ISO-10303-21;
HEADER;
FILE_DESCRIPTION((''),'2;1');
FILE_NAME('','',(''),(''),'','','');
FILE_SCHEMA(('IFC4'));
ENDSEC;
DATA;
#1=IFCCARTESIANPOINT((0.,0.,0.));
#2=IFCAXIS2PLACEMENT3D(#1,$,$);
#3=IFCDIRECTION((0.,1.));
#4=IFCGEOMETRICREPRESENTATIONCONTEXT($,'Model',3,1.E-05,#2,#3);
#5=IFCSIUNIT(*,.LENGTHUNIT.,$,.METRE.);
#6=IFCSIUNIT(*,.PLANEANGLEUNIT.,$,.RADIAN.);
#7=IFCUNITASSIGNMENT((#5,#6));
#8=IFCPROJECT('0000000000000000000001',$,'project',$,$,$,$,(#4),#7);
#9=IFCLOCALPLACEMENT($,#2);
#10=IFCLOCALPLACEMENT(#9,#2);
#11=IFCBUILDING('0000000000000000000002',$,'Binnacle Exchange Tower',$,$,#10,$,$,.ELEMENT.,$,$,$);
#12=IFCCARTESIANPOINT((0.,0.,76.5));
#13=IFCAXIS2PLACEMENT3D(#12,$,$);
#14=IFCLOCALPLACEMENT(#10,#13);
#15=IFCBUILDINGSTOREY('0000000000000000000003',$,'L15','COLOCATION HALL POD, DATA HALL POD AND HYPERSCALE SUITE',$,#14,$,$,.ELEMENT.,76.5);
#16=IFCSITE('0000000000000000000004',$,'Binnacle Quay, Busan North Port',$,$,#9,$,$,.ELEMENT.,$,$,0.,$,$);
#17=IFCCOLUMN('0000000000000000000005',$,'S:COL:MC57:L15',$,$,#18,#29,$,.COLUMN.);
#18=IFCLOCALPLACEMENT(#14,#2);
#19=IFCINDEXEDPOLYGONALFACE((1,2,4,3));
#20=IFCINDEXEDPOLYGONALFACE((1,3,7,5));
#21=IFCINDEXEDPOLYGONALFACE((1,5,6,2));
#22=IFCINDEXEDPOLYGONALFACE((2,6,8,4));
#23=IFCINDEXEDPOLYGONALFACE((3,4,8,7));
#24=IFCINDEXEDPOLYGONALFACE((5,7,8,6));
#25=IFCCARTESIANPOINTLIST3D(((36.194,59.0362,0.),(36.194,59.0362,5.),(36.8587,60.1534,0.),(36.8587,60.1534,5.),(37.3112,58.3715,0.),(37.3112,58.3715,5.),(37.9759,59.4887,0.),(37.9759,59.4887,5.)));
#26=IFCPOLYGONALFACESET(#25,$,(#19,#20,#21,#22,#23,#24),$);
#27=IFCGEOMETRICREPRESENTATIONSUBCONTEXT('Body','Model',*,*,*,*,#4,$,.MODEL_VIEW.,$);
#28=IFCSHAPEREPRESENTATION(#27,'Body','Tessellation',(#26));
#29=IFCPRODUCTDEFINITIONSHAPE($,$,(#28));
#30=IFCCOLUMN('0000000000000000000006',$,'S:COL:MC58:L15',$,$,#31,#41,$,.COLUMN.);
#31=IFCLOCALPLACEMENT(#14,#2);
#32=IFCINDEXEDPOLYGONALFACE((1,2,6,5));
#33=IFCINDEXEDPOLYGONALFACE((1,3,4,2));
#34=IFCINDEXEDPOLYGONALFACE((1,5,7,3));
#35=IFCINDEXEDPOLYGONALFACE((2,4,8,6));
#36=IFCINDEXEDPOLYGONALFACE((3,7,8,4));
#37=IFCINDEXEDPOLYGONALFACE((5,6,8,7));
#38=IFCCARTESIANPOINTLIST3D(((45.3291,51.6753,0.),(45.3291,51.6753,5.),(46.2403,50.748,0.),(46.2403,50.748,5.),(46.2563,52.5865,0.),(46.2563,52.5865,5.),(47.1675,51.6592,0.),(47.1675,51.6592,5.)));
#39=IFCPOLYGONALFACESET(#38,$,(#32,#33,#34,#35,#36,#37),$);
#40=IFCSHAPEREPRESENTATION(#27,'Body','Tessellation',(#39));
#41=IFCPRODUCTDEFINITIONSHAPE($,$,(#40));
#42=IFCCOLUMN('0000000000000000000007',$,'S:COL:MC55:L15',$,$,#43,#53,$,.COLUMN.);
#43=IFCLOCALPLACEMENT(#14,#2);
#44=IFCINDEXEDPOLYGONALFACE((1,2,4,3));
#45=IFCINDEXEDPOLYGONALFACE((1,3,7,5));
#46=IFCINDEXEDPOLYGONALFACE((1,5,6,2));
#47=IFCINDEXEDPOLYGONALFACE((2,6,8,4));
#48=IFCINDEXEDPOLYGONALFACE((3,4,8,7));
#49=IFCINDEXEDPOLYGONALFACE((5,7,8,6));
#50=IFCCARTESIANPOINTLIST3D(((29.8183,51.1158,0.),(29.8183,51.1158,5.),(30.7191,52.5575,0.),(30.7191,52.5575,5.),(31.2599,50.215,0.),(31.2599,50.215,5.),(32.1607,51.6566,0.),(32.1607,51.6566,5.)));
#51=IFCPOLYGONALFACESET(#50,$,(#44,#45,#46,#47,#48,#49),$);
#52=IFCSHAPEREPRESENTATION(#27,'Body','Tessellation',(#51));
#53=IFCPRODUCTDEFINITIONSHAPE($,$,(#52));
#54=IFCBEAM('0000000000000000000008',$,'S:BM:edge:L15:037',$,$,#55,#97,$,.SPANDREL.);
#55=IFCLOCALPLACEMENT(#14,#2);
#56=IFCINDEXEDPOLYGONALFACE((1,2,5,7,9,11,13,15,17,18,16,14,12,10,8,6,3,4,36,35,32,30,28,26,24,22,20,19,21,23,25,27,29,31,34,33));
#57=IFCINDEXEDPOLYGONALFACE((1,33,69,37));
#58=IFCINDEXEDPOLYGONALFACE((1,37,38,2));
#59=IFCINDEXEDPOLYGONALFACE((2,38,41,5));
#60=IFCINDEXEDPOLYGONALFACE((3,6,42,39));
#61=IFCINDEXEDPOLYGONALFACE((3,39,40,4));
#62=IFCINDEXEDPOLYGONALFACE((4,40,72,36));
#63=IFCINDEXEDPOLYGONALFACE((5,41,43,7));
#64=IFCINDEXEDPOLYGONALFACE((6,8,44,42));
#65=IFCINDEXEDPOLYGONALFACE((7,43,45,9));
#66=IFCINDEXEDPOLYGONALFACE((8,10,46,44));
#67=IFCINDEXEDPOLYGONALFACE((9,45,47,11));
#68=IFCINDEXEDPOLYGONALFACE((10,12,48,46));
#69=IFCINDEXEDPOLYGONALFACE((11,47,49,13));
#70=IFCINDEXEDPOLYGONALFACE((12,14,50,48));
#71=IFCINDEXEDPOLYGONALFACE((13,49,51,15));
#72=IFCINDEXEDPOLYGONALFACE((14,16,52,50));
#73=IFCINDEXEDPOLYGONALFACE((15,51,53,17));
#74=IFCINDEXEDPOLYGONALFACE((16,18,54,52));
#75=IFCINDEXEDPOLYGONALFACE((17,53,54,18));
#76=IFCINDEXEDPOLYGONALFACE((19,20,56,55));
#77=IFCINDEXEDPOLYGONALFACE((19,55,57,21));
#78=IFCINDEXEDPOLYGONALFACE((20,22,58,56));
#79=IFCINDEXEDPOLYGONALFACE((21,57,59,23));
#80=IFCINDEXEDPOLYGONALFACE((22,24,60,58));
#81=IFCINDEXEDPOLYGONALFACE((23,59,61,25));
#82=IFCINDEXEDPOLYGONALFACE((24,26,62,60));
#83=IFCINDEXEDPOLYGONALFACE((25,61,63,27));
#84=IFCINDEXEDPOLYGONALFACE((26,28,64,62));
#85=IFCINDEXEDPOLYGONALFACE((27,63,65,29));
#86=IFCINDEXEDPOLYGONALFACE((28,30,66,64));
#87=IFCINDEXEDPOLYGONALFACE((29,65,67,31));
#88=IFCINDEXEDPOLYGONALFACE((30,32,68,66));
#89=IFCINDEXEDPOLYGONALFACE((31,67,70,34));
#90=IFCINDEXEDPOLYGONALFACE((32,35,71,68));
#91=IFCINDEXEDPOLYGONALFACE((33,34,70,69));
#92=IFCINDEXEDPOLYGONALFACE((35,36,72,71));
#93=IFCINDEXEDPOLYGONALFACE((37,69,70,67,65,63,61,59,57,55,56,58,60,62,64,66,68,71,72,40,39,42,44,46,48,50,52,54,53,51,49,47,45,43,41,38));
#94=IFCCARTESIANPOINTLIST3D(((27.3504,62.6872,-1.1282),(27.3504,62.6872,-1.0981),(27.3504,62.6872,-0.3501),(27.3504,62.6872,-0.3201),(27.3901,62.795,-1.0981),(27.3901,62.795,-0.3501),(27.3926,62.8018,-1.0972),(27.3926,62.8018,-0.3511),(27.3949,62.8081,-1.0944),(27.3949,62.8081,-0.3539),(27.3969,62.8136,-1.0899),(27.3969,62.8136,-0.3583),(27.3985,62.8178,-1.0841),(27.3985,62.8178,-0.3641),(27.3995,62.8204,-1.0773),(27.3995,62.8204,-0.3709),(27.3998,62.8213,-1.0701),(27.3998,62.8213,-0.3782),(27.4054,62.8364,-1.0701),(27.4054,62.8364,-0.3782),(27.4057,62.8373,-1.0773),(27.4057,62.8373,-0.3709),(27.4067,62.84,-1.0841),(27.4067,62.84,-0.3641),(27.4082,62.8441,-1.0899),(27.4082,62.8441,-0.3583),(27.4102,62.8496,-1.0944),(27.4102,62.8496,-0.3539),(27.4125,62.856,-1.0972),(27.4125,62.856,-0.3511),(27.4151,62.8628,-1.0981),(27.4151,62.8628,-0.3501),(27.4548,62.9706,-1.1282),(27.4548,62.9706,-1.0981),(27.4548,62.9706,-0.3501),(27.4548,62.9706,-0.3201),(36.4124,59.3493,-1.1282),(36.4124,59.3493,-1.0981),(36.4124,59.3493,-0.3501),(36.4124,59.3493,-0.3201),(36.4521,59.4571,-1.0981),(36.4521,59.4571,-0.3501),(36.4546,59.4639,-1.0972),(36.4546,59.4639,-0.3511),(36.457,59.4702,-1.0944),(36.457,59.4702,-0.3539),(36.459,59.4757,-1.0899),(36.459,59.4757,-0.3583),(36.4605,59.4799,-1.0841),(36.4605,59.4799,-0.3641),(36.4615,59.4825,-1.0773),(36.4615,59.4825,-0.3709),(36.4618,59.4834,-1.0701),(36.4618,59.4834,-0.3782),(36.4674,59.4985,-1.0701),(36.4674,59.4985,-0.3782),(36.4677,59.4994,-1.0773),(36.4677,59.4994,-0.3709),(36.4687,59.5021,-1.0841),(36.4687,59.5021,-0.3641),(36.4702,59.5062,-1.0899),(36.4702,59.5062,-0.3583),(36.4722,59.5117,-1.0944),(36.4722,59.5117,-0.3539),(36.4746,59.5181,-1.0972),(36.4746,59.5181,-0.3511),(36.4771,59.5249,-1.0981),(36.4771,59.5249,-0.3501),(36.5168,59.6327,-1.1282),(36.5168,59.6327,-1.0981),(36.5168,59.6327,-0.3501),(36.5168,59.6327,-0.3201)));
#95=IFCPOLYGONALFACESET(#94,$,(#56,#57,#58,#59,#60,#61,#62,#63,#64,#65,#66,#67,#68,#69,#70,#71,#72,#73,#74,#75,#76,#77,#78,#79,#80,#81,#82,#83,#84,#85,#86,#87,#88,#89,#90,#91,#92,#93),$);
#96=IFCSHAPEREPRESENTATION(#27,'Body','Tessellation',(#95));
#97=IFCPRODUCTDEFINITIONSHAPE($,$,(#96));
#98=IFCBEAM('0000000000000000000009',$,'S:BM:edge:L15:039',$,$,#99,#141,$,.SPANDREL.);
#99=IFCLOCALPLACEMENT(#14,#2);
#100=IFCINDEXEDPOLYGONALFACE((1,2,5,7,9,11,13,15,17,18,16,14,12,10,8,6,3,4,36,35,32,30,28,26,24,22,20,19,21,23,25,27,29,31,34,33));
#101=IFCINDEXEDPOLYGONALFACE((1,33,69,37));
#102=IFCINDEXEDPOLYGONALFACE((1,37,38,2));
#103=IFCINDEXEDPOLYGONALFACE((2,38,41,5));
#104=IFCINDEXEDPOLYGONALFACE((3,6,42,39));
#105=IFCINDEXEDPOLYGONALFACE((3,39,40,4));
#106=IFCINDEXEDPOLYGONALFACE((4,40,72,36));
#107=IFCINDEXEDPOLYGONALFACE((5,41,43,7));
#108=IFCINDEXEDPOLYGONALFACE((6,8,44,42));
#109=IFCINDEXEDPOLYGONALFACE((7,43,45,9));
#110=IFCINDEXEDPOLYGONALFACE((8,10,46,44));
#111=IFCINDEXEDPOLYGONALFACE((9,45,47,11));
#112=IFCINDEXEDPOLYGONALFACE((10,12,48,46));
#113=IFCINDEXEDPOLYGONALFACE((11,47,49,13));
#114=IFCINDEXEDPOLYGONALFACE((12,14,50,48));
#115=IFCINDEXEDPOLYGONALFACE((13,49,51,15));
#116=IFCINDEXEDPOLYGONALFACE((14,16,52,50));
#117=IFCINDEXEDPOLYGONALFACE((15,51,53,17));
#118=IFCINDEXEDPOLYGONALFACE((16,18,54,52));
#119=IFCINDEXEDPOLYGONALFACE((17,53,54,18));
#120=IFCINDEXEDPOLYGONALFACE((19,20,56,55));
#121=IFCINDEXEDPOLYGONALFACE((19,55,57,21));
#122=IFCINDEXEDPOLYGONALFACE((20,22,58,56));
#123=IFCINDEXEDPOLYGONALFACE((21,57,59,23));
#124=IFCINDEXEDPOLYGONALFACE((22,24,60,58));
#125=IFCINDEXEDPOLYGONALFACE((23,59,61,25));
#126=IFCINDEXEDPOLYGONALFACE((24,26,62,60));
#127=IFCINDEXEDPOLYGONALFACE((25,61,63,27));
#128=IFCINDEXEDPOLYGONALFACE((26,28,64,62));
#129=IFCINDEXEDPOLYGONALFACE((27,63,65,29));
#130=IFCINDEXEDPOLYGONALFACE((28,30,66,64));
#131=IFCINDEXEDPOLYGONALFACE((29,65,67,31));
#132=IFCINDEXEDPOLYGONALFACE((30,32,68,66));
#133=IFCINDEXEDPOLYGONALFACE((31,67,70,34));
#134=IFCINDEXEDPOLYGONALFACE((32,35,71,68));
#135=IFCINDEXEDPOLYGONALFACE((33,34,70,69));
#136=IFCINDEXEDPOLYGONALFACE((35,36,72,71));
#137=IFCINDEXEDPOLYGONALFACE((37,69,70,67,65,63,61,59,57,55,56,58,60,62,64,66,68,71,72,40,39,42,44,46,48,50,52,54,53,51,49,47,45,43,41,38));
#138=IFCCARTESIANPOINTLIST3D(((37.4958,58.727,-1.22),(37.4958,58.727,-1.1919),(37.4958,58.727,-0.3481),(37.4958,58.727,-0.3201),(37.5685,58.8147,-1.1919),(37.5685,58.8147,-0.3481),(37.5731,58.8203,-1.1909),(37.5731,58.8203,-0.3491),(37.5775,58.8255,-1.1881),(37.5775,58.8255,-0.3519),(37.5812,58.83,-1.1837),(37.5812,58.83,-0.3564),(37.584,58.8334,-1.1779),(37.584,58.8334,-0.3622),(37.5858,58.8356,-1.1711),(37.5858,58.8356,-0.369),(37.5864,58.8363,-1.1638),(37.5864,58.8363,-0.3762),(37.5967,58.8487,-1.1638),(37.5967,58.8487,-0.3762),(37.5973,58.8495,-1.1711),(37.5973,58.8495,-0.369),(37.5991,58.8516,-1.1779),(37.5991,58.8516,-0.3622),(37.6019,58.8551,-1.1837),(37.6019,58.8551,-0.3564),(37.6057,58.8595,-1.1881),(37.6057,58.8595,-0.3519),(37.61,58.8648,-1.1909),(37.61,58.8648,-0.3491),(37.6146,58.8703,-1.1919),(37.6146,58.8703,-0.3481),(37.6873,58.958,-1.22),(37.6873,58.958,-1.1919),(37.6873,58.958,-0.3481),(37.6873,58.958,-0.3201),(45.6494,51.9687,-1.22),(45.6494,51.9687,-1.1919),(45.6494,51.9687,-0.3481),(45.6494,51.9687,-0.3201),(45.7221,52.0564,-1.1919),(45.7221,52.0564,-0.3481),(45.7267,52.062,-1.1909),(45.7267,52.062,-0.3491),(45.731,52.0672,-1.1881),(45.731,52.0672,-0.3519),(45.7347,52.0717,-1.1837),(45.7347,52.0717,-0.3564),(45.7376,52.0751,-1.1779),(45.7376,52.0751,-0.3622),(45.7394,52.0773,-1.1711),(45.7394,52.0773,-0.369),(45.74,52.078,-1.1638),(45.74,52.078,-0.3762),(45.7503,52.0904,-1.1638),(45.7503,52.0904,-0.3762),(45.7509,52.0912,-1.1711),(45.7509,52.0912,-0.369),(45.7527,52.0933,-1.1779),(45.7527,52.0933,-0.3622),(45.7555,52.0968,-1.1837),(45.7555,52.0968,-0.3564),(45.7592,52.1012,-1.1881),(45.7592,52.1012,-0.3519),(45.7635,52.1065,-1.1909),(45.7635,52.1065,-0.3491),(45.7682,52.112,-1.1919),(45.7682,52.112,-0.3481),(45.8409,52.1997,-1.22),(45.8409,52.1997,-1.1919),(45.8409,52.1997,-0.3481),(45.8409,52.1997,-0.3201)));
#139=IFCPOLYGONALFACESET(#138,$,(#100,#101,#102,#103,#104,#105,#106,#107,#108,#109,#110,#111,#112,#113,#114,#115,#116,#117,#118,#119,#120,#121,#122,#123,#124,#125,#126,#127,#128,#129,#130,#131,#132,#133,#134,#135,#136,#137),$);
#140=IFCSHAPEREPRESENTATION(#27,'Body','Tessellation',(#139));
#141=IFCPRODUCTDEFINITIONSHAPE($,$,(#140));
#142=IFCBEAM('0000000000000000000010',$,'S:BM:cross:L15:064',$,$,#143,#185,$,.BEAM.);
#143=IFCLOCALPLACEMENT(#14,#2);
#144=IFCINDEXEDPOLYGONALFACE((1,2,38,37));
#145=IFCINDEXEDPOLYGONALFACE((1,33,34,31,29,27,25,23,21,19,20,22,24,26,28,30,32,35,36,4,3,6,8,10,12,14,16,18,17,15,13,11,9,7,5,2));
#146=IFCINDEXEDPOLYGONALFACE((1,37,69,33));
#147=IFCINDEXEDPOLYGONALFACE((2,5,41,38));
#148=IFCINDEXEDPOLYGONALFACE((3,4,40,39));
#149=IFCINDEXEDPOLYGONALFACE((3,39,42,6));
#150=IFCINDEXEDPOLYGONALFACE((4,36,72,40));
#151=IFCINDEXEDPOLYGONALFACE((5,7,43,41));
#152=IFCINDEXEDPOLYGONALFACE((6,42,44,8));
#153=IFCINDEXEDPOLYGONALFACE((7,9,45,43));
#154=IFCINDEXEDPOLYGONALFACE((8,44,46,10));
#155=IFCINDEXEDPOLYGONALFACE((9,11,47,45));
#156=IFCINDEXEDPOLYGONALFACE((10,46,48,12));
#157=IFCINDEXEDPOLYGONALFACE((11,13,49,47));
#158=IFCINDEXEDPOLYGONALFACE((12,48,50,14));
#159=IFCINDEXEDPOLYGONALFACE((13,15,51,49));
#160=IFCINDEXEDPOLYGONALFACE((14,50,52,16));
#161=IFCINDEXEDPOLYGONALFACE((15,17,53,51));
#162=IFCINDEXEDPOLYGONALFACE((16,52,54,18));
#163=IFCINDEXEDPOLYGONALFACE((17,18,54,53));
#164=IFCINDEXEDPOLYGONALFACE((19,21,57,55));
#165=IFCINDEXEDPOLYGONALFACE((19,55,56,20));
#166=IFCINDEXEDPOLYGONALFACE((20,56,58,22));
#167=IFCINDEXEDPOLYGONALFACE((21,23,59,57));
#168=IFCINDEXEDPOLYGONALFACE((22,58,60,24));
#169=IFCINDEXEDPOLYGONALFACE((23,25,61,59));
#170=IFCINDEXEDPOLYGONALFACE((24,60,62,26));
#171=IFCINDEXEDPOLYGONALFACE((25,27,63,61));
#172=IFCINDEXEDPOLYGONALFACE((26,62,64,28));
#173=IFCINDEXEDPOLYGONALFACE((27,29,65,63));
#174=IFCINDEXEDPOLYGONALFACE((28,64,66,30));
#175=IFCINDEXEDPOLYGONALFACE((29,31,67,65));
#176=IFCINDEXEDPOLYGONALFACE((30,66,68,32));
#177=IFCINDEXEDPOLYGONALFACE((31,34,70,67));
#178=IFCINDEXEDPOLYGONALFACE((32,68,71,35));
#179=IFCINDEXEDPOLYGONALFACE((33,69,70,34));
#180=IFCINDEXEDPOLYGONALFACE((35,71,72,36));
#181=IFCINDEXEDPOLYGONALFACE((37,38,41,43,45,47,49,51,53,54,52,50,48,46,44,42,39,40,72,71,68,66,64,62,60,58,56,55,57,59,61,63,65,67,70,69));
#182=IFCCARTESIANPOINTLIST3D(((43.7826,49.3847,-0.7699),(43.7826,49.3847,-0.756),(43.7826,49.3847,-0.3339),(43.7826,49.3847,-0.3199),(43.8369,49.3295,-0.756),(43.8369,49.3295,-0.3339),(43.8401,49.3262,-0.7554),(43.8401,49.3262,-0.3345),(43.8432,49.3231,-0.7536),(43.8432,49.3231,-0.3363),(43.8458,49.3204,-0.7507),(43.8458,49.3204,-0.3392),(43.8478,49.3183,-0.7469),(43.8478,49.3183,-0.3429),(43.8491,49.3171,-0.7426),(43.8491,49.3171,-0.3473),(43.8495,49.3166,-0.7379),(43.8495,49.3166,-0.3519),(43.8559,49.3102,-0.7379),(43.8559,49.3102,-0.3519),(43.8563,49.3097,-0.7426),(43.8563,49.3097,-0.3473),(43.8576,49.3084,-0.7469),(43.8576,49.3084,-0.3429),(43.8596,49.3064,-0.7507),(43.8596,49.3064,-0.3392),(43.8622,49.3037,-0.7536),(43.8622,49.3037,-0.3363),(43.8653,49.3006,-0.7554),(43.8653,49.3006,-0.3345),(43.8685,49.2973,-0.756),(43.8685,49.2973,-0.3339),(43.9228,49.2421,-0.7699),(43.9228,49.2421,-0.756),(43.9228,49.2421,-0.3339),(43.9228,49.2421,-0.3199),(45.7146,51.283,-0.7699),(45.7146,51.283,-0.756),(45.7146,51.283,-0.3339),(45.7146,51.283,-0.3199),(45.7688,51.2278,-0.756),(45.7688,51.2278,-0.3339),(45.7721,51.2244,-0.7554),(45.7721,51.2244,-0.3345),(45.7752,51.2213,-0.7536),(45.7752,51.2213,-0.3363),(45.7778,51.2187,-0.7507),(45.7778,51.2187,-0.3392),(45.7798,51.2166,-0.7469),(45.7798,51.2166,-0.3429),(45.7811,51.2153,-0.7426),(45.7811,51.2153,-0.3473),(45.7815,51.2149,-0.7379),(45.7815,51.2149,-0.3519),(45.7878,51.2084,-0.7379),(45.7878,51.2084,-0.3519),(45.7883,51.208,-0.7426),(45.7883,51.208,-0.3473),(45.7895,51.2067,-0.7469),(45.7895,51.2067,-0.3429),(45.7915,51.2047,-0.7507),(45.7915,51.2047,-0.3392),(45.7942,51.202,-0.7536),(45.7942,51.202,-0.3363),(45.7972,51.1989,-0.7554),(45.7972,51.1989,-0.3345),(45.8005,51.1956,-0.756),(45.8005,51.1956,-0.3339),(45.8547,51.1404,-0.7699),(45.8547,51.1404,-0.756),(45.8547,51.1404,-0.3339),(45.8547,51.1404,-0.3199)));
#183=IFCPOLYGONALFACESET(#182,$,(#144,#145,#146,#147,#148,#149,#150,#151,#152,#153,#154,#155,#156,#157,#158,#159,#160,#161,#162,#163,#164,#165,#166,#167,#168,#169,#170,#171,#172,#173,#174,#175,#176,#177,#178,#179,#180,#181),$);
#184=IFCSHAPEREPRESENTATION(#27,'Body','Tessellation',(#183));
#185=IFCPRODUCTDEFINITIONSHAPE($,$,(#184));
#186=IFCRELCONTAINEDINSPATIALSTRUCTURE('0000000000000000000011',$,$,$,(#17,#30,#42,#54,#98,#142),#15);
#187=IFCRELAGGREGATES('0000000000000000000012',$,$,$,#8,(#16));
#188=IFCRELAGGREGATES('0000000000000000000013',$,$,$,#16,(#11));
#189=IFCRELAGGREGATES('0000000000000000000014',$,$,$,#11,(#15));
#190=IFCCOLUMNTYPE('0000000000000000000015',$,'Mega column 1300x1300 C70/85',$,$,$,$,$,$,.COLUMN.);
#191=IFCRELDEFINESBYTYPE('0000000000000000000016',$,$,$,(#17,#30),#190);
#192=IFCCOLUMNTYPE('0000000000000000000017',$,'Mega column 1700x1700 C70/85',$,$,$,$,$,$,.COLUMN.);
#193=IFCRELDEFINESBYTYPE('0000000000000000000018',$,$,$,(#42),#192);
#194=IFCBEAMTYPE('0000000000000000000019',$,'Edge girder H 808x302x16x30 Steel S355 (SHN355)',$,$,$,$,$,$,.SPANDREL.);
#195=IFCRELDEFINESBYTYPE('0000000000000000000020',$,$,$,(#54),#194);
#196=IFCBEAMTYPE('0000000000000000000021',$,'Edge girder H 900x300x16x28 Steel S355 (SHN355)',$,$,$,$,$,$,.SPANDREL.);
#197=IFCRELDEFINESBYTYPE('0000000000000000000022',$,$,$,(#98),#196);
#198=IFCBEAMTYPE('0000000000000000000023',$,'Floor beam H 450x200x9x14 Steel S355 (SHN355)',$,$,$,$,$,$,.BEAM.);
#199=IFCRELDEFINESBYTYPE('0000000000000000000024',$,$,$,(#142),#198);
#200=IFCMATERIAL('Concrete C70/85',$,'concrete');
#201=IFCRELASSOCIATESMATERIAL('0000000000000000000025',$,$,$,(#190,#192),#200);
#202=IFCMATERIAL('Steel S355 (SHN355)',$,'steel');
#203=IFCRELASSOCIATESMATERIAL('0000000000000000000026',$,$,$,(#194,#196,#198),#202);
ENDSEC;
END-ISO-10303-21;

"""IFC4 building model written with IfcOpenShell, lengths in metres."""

from ifc_helpers import new_model, si_unit, direction, frame, origin, origin_2d, place, context, subcontext, project, spatial, rectangle, i_section, extrude, material, material_profile, profile_set, type_object, element, save


model = new_model("IFC4")

# Units and contexts
model_context = context("Model", 3, precision=1e-05, world=origin(), true_north=direction((0.0, 1.0)))
body_context = subcontext(model_context, "Body", "Model", "MODEL_VIEW")
ifc_project = project(units=[si_unit("LENGTHUNIT", "METRE"), si_unit("PLANEANGLEUNIT", "RADIAN")], contexts=[model_context])

# Site, building, storey
site_placement = place(None, origin())
site = spatial("IfcSite", under=ifc_project, at=site_placement, Name="Binnacle Quay, Busan North Port", CompositionType="ELEMENT", RefElevation=0.0)
building_placement = place(site_placement, origin())
building = spatial("IfcBuilding", under=site, at=building_placement, Name="Binnacle Exchange Tower", CompositionType="ELEMENT")
storey_placement = place(building_placement, frame((0.0, 0.0, 76.5)))
storey = spatial("IfcBuildingStorey", under=building, at=storey_placement, Name="L15", Description="COLOCATION HALL POD, DATA HALL POD AND HYPERSCALE SUITE", CompositionType="ELEMENT", Elevation=76.5)

# Columns
ifc_material_1 = material(Name="Concrete C70/85", Category="concrete")
ifc_material_profile_1 = material_profile(ifc_material_1, rectangle(XDim=1.3, YDim=1.3, at=origin_2d()), Name="Mega column 1300x1300 C70/85")
ifc_profile_set_1 = profile_set([ifc_material_profile_1], Name="Concrete C70/85")
column_type_1 = type_object("IfcColumnType", Name="Mega column 1300x1300 C70/85", PredefinedType="COLUMN", material=ifc_profile_set_1)
for number, where, z_axis, x_axis, name in (
    (1, (37.085, 59.2625, 0.0), (0.0, 0.0, 1.0), (-0.859406, 0.511293, 0.0), "S:COL:MC57:L15"),
    (2, (46.2483, 51.6672, 0.0), (0.0, 0.0, 1.0), (-0.700909, 0.71325, 0.0), "S:COL:MC58:L15"),
):
    element("IfcColumn", number, at=place(storey_placement, frame(where, z_axis=z_axis, x_axis=x_axis)), inside=storey, type_object=column_type_1, Name=name, PredefinedType="COLUMN", context=body_context, shape_type="SweptSolid", body=[
        extrude(rectangle(XDim=1.3, YDim=1.3, at=origin_2d()), origin(), (0.0, 0.0, 1.0), 5.0),
    ])
ifc_material_profile_2 = material_profile(ifc_material_1, rectangle(XDim=1.7, YDim=1.7, at=origin_2d()), Name="Mega column 1700x1700 C70/85")
ifc_profile_set_2 = profile_set([ifc_material_profile_2], Name="Concrete C70/85")
column_type_2 = type_object("IfcColumnType", Name="Mega column 1700x1700 C70/85", PredefinedType="COLUMN", material=ifc_profile_set_2)
column_placement = place(storey_placement, frame((30.9895, 51.3862, 0.0), z_axis=(0.0, 0.0, 1.0), x_axis=(0.529919, 0.848048, 0.0)))
element("IfcColumn", 3, at=column_placement, inside=storey, type_object=column_type_2, Name="S:COL:MC55:L15", PredefinedType="COLUMN", context=body_context, shape_type="SweptSolid", body=[
    extrude(rectangle(XDim=1.7, YDim=1.7, at=origin_2d()), origin(), (0.0, 0.0, 1.0), 5.0),
])

# Beams
ifc_material_2 = material(Name="Steel S355 (SHN355)", Category="steel")
ifc_material_profile_3 = material_profile(ifc_material_2, i_section(OverallWidth=0.302, OverallDepth=0.8081, WebThickness=0.0161, FlangeThickness=0.03, FilletRadius=0.0281, at=origin_2d()), Name="H 808x302x16x30")
ifc_profile_set_3 = profile_set([ifc_material_profile_3], Name="Steel S355 (SHN355)")
beam_type_1 = type_object("IfcBeamType", Name="Edge girder H 808x302x16x30 Steel S355 (SHN355)", PredefinedType="SPANDREL", material=ifc_profile_set_3)
beam_1_placement = place(storey_placement, frame((36.4646, 59.491, -0.7241), z_axis=(-0.938368, 0.345637, 0.0), x_axis=(-0.345637, -0.938368, 0.0)))
element("IfcBeam", 4, at=beam_1_placement, inside=storey, type_object=beam_type_1, Name="S:BM:edge:L15:037", PredefinedType="SPANDREL", context=body_context, shape_type="SweptSolid", body=[
    extrude(i_section(OverallWidth=0.302, OverallDepth=0.8081, WebThickness=0.0161, FlangeThickness=0.03, FilletRadius=0.0281, at=origin_2d()), origin(), (0.0, 0.0, 1.0), 9.6572),
])
ifc_material_profile_4 = material_profile(ifc_material_2, i_section(OverallWidth=0.3, OverallDepth=0.8999, WebThickness=0.0161, FlangeThickness=0.0281, FilletRadius=0.0281, at=origin_2d()), Name="H 900x300x16x28")
ifc_profile_set_4 = profile_set([ifc_material_profile_4], Name="Steel S355 (SHN355)")
beam_type_2 = type_object("IfcBeamType", Name="Edge girder H 900x300x16x28 Steel S355 (SHN355)", PredefinedType="SPANDREL", material=ifc_profile_set_4)
beam_2_placement = place(storey_placement, frame((45.7451, 52.0842, -0.77), z_axis=(-0.769906, 0.638157, 0.0), x_axis=(-0.638157, -0.769906, 0.0)))
element("IfcBeam", 5, at=beam_2_placement, inside=storey, type_object=beam_type_2, Name="S:BM:edge:L15:039", PredefinedType="SPANDREL", context=body_context, shape_type="SweptSolid", body=[
    extrude(i_section(OverallWidth=0.3, OverallDepth=0.8999, WebThickness=0.0161, FlangeThickness=0.0281, FilletRadius=0.0281, at=origin_2d()), origin(), (0.0, 0.0, 1.0), 10.5903),
])
ifc_material_profile_5 = material_profile(ifc_material_2, i_section(OverallWidth=0.2, OverallDepth=0.45, WebThickness=0.009, FlangeThickness=0.0139, FilletRadius=0.0181, at=origin_2d()), Name="H 450x200x9x14")
ifc_profile_set_5 = profile_set([ifc_material_profile_5], Name="Steel S355 (SHN355)")
beam_type_3 = type_object("IfcBeamType", Name="Floor beam H 450x200x9x14 Steel S355 (SHN355)", PredefinedType="BEAM", material=ifc_profile_set_5)
beam_3_placement = place(storey_placement, frame((45.7847, 51.2117, -0.5449), z_axis=(-0.713299, -0.70086, 0.0), x_axis=(0.70086, -0.713299, 0.0)))
element("IfcBeam", 6, at=beam_3_placement, inside=storey, type_object=beam_type_3, Name="S:BM:cross:L15:064", PredefinedType="BEAM", context=body_context, shape_type="SweptSolid", body=[
    extrude(i_section(OverallWidth=0.2, OverallDepth=0.45, WebThickness=0.009, FlangeThickness=0.0139, FilletRadius=0.0181, at=origin_2d()), origin(), (0.0, 0.0, 1.0), 2.7085),
])

save(model, "model.ifc")
